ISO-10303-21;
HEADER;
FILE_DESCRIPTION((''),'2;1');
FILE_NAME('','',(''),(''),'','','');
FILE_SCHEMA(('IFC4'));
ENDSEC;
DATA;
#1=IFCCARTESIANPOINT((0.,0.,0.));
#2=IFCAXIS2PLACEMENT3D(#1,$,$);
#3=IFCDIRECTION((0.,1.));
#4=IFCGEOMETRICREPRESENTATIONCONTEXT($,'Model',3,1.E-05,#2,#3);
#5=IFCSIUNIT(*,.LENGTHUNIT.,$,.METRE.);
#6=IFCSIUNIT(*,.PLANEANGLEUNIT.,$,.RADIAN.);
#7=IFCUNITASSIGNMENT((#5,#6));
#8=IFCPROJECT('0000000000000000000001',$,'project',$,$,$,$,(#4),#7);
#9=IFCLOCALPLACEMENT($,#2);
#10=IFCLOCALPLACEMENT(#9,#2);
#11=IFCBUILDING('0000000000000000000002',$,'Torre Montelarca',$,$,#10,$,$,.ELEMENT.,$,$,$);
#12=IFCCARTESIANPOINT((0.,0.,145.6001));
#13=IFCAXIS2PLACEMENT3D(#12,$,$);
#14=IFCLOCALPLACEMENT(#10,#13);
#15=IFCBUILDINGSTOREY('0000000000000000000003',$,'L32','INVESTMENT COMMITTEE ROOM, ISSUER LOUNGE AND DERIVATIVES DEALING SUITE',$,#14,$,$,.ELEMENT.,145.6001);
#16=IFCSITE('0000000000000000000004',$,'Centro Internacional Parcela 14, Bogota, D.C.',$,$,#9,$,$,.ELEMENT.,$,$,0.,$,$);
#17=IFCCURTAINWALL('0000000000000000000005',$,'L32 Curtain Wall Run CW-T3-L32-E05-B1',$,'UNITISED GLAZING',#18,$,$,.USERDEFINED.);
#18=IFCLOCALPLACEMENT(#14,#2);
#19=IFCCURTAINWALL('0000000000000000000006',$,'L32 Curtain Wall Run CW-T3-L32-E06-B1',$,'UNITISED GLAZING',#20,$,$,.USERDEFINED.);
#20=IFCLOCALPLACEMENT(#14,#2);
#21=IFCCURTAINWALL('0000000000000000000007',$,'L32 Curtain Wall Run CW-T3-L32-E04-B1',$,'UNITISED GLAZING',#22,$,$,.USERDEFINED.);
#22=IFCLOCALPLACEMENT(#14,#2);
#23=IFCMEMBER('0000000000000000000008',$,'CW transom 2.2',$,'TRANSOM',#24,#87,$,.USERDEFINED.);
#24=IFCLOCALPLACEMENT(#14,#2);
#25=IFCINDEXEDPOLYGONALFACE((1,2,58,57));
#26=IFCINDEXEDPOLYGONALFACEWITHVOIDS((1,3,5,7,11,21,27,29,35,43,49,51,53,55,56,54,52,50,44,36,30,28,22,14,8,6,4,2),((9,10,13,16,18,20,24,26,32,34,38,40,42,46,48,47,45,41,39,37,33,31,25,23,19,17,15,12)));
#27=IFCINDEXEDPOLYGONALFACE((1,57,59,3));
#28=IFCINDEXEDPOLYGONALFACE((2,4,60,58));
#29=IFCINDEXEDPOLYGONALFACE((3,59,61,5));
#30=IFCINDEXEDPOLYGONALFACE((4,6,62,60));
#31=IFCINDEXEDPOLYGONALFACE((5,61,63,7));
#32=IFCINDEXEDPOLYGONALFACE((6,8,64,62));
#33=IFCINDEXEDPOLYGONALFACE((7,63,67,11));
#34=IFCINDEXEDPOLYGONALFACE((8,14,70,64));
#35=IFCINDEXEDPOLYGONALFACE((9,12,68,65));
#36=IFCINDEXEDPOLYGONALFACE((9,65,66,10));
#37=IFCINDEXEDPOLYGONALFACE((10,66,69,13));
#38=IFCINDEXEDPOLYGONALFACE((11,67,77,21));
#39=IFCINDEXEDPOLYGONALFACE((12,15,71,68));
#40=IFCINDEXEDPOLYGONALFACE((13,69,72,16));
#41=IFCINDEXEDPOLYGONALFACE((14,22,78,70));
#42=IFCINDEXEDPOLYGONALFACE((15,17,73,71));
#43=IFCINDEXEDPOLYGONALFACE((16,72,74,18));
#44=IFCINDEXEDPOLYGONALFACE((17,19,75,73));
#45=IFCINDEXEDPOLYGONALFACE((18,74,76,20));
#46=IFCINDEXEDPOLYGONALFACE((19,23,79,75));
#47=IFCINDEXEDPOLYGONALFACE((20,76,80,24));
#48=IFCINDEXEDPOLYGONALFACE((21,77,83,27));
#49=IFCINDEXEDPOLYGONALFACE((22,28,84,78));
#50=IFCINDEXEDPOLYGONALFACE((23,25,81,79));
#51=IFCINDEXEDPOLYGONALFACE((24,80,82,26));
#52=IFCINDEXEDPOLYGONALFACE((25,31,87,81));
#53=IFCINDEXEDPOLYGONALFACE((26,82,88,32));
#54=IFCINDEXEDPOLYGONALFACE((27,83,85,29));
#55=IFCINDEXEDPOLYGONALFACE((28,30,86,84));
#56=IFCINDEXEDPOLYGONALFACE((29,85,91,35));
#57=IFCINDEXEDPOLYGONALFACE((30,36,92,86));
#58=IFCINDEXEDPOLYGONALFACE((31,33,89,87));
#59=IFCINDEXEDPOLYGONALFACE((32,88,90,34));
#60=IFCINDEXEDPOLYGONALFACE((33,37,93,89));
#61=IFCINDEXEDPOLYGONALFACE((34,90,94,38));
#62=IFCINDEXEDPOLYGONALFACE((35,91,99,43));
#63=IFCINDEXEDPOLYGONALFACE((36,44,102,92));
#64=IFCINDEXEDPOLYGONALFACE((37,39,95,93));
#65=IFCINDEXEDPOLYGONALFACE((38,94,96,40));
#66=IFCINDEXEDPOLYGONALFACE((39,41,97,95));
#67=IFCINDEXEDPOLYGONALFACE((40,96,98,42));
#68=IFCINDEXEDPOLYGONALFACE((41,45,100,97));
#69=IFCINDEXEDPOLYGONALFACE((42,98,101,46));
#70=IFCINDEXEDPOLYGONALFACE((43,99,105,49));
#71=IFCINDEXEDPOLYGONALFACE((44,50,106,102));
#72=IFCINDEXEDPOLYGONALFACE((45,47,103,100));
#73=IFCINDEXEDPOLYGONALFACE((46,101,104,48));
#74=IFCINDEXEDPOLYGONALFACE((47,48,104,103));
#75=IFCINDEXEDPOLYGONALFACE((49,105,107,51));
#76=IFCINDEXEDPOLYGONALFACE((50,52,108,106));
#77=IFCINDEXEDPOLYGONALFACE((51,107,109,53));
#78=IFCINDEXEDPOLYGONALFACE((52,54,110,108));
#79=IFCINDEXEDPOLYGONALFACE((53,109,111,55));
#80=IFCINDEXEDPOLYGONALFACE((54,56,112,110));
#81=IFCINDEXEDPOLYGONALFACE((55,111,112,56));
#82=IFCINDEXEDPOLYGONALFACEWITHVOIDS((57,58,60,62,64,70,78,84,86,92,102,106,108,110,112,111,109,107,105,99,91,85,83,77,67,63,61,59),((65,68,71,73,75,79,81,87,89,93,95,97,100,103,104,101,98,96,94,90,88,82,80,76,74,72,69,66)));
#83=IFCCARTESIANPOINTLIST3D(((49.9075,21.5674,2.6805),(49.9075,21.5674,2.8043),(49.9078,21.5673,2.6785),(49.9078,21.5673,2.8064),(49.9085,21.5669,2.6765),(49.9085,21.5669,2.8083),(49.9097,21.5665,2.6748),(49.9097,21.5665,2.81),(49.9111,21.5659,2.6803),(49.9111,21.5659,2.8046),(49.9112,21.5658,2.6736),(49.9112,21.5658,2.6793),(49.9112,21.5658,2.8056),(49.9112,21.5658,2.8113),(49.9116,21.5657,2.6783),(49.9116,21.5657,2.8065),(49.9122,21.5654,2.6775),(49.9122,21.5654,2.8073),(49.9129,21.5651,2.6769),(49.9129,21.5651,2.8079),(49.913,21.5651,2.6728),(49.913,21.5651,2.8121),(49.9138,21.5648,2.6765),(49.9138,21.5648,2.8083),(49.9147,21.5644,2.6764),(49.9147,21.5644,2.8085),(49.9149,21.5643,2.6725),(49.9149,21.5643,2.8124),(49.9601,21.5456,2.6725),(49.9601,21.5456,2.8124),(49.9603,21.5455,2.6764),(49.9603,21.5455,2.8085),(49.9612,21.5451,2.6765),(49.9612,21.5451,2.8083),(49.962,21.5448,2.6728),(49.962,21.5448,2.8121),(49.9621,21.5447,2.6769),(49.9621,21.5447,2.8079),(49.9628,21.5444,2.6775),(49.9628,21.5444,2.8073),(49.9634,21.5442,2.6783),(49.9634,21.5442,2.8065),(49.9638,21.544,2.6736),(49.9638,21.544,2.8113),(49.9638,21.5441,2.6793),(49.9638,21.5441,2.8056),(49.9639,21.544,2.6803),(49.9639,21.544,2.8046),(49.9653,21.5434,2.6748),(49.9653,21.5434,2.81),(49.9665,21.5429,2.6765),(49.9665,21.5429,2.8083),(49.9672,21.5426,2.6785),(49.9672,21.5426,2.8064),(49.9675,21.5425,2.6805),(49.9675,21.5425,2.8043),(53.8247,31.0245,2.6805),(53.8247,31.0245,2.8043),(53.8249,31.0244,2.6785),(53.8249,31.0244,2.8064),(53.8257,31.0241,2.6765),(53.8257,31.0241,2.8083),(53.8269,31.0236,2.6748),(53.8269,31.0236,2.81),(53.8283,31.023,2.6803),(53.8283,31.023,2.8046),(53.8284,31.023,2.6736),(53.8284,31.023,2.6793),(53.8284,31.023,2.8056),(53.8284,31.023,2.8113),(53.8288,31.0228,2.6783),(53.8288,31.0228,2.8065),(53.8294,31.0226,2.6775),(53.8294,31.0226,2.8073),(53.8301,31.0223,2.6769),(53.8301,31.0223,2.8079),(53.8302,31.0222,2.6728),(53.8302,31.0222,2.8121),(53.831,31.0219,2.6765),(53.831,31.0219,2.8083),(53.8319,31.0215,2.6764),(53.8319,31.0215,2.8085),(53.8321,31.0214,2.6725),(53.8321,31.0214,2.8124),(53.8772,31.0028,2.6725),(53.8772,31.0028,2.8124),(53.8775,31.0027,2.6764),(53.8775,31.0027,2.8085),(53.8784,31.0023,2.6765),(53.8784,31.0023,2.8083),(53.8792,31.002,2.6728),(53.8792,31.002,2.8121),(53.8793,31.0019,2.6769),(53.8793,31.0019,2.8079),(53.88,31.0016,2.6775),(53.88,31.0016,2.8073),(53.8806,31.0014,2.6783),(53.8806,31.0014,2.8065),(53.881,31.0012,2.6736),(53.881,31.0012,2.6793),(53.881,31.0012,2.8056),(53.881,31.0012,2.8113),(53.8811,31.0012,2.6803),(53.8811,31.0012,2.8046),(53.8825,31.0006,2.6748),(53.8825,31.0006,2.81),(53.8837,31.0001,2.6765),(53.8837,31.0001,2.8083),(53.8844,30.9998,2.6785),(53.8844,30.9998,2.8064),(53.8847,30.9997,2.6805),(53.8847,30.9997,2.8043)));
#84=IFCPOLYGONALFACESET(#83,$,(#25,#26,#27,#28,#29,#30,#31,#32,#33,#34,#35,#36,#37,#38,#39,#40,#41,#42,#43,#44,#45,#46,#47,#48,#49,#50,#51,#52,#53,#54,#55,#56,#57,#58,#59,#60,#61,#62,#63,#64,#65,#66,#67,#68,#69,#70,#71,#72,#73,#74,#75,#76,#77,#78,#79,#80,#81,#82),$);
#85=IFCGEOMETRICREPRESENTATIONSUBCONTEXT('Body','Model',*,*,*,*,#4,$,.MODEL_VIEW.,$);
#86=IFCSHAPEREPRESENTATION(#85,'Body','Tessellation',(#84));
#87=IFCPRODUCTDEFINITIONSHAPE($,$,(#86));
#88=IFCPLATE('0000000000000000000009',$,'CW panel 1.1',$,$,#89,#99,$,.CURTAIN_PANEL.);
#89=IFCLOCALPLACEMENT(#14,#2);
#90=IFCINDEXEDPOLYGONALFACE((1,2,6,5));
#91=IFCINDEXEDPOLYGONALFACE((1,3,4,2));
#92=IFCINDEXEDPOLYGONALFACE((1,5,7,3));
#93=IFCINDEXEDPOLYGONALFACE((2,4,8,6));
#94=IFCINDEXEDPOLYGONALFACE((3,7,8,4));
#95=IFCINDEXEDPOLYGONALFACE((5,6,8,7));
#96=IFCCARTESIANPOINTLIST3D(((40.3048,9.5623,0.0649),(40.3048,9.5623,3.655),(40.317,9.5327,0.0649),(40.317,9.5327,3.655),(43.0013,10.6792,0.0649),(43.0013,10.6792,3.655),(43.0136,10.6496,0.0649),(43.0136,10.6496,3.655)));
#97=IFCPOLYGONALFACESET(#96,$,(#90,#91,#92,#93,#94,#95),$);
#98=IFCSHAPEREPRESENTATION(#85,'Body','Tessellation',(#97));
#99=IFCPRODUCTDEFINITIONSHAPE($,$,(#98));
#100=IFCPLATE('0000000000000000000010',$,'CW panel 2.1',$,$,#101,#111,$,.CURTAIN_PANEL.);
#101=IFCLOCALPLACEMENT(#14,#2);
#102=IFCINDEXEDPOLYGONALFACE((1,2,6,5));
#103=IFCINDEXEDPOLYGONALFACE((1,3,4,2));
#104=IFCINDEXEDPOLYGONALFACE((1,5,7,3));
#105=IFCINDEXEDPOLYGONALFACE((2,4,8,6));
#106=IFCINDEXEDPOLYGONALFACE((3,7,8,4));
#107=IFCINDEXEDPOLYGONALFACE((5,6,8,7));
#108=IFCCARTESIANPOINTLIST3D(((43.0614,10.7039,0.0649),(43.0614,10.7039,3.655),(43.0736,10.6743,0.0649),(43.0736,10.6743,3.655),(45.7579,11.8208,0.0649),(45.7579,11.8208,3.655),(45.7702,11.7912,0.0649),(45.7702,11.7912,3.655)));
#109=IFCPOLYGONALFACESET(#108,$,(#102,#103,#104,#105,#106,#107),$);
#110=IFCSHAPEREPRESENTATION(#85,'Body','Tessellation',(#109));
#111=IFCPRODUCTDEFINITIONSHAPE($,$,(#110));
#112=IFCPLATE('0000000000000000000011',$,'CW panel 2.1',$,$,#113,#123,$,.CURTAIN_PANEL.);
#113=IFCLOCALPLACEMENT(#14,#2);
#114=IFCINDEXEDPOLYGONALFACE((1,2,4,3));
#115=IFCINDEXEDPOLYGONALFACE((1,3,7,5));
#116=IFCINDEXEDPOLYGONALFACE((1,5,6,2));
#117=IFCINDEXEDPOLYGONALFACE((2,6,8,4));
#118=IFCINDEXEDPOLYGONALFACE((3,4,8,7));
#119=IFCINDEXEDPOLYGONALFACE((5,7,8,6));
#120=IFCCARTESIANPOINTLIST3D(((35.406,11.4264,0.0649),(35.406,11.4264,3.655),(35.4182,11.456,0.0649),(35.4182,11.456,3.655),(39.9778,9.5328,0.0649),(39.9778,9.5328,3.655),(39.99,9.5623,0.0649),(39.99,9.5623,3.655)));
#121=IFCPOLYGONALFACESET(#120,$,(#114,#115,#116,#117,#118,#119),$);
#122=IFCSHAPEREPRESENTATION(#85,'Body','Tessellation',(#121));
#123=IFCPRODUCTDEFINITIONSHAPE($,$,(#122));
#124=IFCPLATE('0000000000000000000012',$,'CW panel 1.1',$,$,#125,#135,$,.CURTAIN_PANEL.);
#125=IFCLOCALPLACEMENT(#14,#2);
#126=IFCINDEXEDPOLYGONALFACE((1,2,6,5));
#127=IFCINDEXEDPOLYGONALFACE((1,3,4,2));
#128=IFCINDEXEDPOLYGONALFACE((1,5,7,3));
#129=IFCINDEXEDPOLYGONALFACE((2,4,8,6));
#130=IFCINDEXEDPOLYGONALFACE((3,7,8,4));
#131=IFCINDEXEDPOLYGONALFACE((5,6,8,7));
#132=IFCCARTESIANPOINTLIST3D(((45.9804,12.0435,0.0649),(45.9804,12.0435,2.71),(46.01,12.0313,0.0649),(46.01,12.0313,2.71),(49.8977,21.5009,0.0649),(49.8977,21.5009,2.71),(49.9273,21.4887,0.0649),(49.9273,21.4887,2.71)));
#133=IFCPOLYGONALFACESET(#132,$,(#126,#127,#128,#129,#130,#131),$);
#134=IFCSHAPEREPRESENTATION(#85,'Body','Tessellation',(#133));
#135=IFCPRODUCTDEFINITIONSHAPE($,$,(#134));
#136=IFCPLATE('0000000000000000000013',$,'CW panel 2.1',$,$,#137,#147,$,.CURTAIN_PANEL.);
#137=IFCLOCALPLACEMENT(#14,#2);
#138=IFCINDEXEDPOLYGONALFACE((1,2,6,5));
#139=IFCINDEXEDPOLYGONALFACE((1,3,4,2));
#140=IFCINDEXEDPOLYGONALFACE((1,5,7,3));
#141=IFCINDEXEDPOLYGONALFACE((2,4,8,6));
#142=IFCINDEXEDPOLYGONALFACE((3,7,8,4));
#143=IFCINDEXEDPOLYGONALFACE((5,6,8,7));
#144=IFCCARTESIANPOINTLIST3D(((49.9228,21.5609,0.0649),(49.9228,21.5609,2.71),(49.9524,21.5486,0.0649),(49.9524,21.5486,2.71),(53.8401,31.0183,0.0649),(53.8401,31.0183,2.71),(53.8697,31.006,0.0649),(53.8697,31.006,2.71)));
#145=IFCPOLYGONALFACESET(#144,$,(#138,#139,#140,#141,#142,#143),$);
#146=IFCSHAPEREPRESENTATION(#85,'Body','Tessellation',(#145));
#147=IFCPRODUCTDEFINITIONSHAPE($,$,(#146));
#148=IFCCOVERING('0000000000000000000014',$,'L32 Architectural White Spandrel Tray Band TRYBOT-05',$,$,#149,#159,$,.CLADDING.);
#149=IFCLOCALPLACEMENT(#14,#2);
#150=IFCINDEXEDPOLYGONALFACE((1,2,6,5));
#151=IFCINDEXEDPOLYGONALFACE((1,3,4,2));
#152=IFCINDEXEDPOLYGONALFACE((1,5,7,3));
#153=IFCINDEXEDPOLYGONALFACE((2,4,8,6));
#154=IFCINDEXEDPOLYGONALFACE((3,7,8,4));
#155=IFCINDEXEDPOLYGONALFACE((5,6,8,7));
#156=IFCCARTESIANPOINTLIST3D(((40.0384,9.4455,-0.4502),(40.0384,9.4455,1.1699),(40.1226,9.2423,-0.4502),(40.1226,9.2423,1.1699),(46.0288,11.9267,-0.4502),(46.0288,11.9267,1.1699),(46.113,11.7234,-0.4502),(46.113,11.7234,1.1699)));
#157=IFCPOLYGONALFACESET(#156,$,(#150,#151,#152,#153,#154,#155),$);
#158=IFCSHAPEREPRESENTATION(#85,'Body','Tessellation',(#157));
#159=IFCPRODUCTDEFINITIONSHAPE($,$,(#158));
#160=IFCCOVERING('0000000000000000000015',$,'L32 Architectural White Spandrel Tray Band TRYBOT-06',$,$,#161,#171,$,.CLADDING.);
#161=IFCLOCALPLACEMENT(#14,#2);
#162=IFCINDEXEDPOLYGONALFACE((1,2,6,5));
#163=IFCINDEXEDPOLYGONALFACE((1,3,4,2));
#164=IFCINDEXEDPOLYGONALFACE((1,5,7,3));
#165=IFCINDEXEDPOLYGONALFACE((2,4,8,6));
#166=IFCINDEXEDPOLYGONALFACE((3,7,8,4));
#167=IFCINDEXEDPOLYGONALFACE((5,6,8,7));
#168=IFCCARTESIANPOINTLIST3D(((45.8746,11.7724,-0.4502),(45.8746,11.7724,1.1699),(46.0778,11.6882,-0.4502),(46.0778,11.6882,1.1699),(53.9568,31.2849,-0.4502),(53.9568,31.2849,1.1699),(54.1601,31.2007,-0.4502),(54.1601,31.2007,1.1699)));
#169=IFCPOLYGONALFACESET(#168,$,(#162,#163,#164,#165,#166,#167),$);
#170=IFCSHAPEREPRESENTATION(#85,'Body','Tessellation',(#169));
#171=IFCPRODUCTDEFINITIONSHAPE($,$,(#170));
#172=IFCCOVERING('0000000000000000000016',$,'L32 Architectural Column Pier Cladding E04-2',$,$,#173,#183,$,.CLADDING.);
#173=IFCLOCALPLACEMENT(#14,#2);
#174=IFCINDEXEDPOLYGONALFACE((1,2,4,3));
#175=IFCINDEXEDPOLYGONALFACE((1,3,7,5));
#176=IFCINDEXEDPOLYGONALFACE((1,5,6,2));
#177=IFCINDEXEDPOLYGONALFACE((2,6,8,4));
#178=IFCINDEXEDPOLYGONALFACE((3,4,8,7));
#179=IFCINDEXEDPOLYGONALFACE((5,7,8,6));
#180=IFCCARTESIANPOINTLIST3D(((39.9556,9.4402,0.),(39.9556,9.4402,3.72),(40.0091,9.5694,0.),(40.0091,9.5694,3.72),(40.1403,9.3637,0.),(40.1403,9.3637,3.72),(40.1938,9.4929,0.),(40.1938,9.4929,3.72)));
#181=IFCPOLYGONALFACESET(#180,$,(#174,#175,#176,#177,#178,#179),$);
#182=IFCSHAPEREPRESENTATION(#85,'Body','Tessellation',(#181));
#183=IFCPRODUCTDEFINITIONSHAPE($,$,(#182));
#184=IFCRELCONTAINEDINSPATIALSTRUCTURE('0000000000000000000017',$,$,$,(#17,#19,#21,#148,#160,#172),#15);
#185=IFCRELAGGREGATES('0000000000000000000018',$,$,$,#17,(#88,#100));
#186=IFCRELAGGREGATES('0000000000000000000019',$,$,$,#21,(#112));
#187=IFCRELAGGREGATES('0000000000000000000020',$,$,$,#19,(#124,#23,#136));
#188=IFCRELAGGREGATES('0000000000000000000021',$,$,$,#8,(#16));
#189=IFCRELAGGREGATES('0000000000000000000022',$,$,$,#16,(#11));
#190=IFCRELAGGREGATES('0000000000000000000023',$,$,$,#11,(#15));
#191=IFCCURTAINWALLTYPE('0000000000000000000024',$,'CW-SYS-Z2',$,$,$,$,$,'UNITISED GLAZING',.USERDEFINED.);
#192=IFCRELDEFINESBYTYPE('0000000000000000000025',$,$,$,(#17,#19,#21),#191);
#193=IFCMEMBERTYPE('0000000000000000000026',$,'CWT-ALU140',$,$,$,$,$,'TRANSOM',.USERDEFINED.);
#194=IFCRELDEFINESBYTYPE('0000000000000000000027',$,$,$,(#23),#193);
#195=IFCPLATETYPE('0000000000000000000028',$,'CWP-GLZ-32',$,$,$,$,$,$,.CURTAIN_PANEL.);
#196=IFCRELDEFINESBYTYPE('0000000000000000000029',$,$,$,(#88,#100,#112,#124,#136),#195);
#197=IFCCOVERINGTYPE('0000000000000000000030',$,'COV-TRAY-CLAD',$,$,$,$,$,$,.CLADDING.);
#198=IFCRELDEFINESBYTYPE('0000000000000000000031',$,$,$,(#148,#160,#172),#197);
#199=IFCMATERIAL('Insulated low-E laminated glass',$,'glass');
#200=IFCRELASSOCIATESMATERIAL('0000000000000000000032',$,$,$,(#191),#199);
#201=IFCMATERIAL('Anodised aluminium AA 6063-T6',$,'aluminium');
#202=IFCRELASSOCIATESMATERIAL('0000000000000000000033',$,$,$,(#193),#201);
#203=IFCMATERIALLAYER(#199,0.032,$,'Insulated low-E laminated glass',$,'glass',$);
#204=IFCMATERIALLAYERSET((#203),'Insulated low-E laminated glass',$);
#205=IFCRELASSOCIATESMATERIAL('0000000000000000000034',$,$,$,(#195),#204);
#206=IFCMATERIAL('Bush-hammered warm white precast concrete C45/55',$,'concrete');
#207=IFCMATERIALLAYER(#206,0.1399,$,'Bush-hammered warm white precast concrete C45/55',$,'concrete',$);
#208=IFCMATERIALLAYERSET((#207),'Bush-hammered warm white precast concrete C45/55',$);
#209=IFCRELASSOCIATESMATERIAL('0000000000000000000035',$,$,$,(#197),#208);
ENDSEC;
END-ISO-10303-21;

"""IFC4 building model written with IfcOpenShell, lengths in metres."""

from ifc_helpers import new_model, si_unit, direction, frame, origin, origin_2d, place, context, subcontext, project, spatial, rectangle, hollow_rectangle, extrude, source, transform, mapped, material, layer, layer_set, material_profile, profile_set, type_object, element, aggregate, save


model = new_model("IFC4")

# Units and contexts
model_context = context("Model", 3, precision=1e-05, world=origin(), true_north=direction((0.0, 1.0)))
body_context = subcontext(model_context, "Body", "Model", "MODEL_VIEW")
ifc_project = project(units=[si_unit("LENGTHUNIT", "METRE"), si_unit("PLANEANGLEUNIT", "RADIAN")], contexts=[model_context])

# Site, building, storey
site_placement = place(None, origin())
site = spatial("IfcSite", under=ifc_project, at=site_placement, Name="Centro Internacional Parcela 14, Bogota, D.C.", CompositionType="ELEMENT", RefElevation=0.0)
building_placement = place(site_placement, origin())
building = spatial("IfcBuilding", under=site, at=building_placement, Name="Torre Montelarca", CompositionType="ELEMENT")
storey_placement = place(building_placement, frame((0.0, 0.0, 145.6001)))
storey = spatial("IfcBuildingStorey", under=building, at=storey_placement, Name="L32", Description="INVESTMENT COMMITTEE ROOM, ISSUER LOUNGE AND DERIVATIVES DEALING SUITE", CompositionType="ELEMENT", Elevation=145.6001)

# Curtain walls
ifc_material_1 = material(Name="Insulated low-E laminated glass", Category="glass")
curtain_wall_type = type_object("IfcCurtainWallType", Name="CW-SYS-Z2", ElementType="UNITISED GLAZING", PredefinedType="USERDEFINED", material=ifc_material_1)
curtain_wall_1_placement = place(storey_placement, origin())
curtain_wall_1 = element("IfcCurtainWall", 1, at=curtain_wall_1_placement, inside=storey, type_object=curtain_wall_type, Name="L32 Curtain Wall Run CW-T3-L32-E05-B1", ObjectType="UNITISED GLAZING", PredefinedType="USERDEFINED")
ifc_material_2 = material(Name="Anodised aluminium AA 6063-T6", Category="aluminium")
ifc_material_profile_1 = material_profile(ifc_material_2, hollow_rectangle(XDim=0.0649, YDim=0.1399, WallThickness=0.0039, InnerFilletRadius=0.0039, OuterFilletRadius=0.0081, at=origin_2d()), Name="ALU65X140X4", Category="aluminium")
ifc_profile_set_1 = profile_set([ifc_material_profile_1], Name="Anodised aluminium AA 6063-T6")
member_type_1 = type_object("IfcMemberType", Name="CWT-ALU140", ElementType="TRANSOM", PredefinedType="USERDEFINED", material=ifc_profile_set_1)
curtain_wall_2_placement = place(storey_placement, origin())
curtain_wall_2 = element("IfcCurtainWall", 2, at=curtain_wall_2_placement, inside=storey, type_object=curtain_wall_type, Name="L32 Curtain Wall Run CW-T3-L32-E06-B1", ObjectType="UNITISED GLAZING", PredefinedType="USERDEFINED")
curtain_wall_3_placement = place(storey_placement, origin())
curtain_wall_3 = element("IfcCurtainWall", 3, at=curtain_wall_3_placement, inside=storey, type_object=curtain_wall_type, Name="L32 Curtain Wall Run CW-T3-L32-E04-B1", ObjectType="UNITISED GLAZING", PredefinedType="USERDEFINED")

# Member
shared_shape_1 = source(origin(), body_context, "Body", "SweptSolid", [
    extrude(hollow_rectangle(XDim=0.0649, YDim=0.1399, WallThickness=0.0039, InnerFilletRadius=0.0039, OuterFilletRadius=0.0081, at=origin_2d()), origin(), (0.0, 0.0, 1.0), 10.2363),
])
member_1_placement = place(storey_placement, frame((49.9375, 21.5549, 2.7424), z_axis=(0.382675, 0.923883, 0.0), x_axis=(-0.923883, 0.382675, 0.0)))
member_1 = element("IfcMember", 4, at=member_1_placement, type_object=member_type_1, Name="CW transom 2.2", ObjectType="TRANSOM", PredefinedType="USERDEFINED", context=body_context, shape_type="MappedRepresentation", body=[
    mapped(shared_shape_1, transform((0.0, 0.0, 0.0), scale=1.0)),
])

# Plates
ifc_layer_1 = layer(ifc_material_1, 0.032, Name="Insulated low-E laminated glass", Category="glass")
ifc_layer_set_1 = layer_set([ifc_layer_1], Name="Insulated low-E laminated glass")
plate_type = type_object("IfcPlateType", Name="CWP-GLZ-32", PredefinedType="CURTAIN_PANEL", material=ifc_layer_set_1)
shared_shape_2 = source(origin(), body_context, "Body", "SweptSolid", [
    extrude(rectangle(XDim=2.9187, YDim=0.032, at=origin_2d()), origin(), (0.0, 0.0, 1.0), 3.5901),
])
plate_1_placement = place(storey_placement, frame((41.6592, 10.106, 0.0649), z_axis=(0.0, 0.0, 1.0), x_axis=(0.923889, 0.382662, 0.0)))
plate_1 = element("IfcPlate", 5, at=plate_1_placement, type_object=plate_type, Name="CW panel 1.1", PredefinedType="CURTAIN_PANEL", context=body_context, shape_type="MappedRepresentation", body=[
    mapped(shared_shape_2, transform((0.0, 0.0, 0.0), scale=1.0)),
])
plate_2_placement = place(storey_placement, frame((44.4158, 11.2476, 0.0649), z_axis=(0.0, 0.0, 1.0), x_axis=(0.923889, 0.382662, 0.0)))
plate_2 = element("IfcPlate", 6, at=plate_2_placement, type_object=plate_type, Name="CW panel 2.1", PredefinedType="CURTAIN_PANEL", context=body_context, shape_type="MappedRepresentation", body=[
    mapped(shared_shape_2, transform((0.0, 0.0, 0.0), scale=1.0)),
])
aggregate(curtain_wall_1, [plate_1, plate_2])
shared_shape_3 = source(origin(), body_context, "Body", "SweptSolid", [
    extrude(rectangle(XDim=4.9485, YDim=0.032, at=origin_2d()), origin(), (0.0, 0.0, 1.0), 3.5901),
])
plate_3_placement = place(storey_placement, frame((37.698, 10.4944, 0.0649), z_axis=(0.0, 0.0, 1.0), x_axis=(0.923885, -0.382671, 0.0)))
plate_3 = element("IfcPlate", 7, at=plate_3_placement, type_object=plate_type, Name="CW panel 2.1", PredefinedType="CURTAIN_PANEL", context=body_context, shape_type="MappedRepresentation", body=[
    mapped(shared_shape_3, transform((0.0, 0.0, 0.0), scale=1.0)),
])
aggregate(curtain_wall_3, [plate_3])
shared_shape_4 = source(origin(), body_context, "Body", "SweptSolid", [
    extrude(rectangle(XDim=10.2366, YDim=0.032, at=origin_2d()), origin(), (0.0, 0.0, 1.0), 2.645),
])
plate_4_placement = place(storey_placement, frame((47.9539, 16.7661, 0.0649), z_axis=(0.0, 0.0, 1.0), x_axis=(0.382679, 0.923881, 0.0)))
plate_4 = element("IfcPlate", 8, at=plate_4_placement, type_object=plate_type, Name="CW panel 1.1", PredefinedType="CURTAIN_PANEL", context=body_context, shape_type="MappedRepresentation", body=[
    mapped(shared_shape_4, transform((0.0, 0.0, 0.0), scale=1.0)),
])
plate_5_placement = place(storey_placement, frame((51.8962, 26.2834, 0.0649), z_axis=(0.0, 0.0, 1.0), x_axis=(0.382679, 0.923881, 0.0)))
plate_5 = element("IfcPlate", 9, at=plate_5_placement, type_object=plate_type, Name="CW panel 2.1", PredefinedType="CURTAIN_PANEL", context=body_context, shape_type="MappedRepresentation", body=[
    mapped(shared_shape_4, transform((0.0, 0.0, 0.0), scale=1.0)),
])
aggregate(curtain_wall_2, [plate_4, member_1, plate_5])

# Coverings
ifc_material_3 = material(Name="Bush-hammered warm white precast concrete C45/55", Category="concrete")
ifc_layer_2 = layer(ifc_material_3, 0.1399, Name="Bush-hammered warm white precast concrete C45/55", Category="concrete")
ifc_layer_set_2 = layer_set([ifc_layer_2], Name="Bush-hammered warm white precast concrete C45/55")
covering_type = type_object("IfcCoveringType", Name="COV-TRAY-CLAD", PredefinedType="CLADDING", material=ifc_layer_set_2)
shared_shape_5 = source(origin(), body_context, "Body", "SweptSolid", [
    extrude(rectangle(XDim=6.4839, YDim=0.22, at=origin_2d()), origin(), (0.0, 0.0, 1.0), 1.6201),
])
covering_1_placement = place(storey_placement, frame((43.0757, 10.5845, -0.4502), z_axis=(0.0, 0.0, 1.0), x_axis=(0.923886, 0.382669, 0.0)))
element("IfcCovering", 10, at=covering_1_placement, inside=storey, type_object=covering_type, Name="L32 Architectural White Spandrel Tray Band TRYBOT-05", PredefinedType="CLADDING", context=body_context, shape_type="MappedRepresentation", body=[
    mapped(shared_shape_5, transform((0.0, 0.0, 0.0), scale=1.0)),
])
shared_shape_6 = source(origin(), body_context, "Body", "SweptSolid", [
    extrude(rectangle(XDim=21.1201, YDim=0.22, at=origin_2d()), origin(), (0.0, 0.0, 1.0), 1.6201),
])
covering_2_placement = place(storey_placement, frame((50.0173, 21.4866, -0.4502), z_axis=(0.0, 0.0, 1.0), x_axis=(0.38268, 0.923881, 0.0)))
element("IfcCovering", 11, at=covering_2_placement, inside=storey, type_object=covering_type, Name="L32 Architectural White Spandrel Tray Band TRYBOT-06", PredefinedType="CLADDING", context=body_context, shape_type="MappedRepresentation", body=[
    mapped(shared_shape_6, transform((0.0, 0.0, 0.0), scale=1.0)),
])
shared_shape_7 = source(origin(), body_context, "Body", "SweptSolid", [
    extrude(rectangle(XDim=0.2, YDim=0.1399, at=origin_2d()), origin(), (0.0, 0.0, 1.0), 3.72),
])
for number, where, z_axis, x_axis, name in (
    (12, (40.0747, 9.4666, 0.0), (0.0, 0.0, 1.0), (0.923883, -0.382675, 0.0), "L32 Architectural Column Pier Cladding E04-2"),
):
    element("IfcCovering", number, at=place(storey_placement, frame(where, z_axis=z_axis, x_axis=x_axis)), inside=storey, type_object=covering_type, Name=name, PredefinedType="CLADDING", context=body_context, shape_type="MappedRepresentation", body=[
        mapped(shared_shape_7, transform((0.0, 0.0, 0.0), scale=1.0)),
    ])

save(model, "model.ifc")
